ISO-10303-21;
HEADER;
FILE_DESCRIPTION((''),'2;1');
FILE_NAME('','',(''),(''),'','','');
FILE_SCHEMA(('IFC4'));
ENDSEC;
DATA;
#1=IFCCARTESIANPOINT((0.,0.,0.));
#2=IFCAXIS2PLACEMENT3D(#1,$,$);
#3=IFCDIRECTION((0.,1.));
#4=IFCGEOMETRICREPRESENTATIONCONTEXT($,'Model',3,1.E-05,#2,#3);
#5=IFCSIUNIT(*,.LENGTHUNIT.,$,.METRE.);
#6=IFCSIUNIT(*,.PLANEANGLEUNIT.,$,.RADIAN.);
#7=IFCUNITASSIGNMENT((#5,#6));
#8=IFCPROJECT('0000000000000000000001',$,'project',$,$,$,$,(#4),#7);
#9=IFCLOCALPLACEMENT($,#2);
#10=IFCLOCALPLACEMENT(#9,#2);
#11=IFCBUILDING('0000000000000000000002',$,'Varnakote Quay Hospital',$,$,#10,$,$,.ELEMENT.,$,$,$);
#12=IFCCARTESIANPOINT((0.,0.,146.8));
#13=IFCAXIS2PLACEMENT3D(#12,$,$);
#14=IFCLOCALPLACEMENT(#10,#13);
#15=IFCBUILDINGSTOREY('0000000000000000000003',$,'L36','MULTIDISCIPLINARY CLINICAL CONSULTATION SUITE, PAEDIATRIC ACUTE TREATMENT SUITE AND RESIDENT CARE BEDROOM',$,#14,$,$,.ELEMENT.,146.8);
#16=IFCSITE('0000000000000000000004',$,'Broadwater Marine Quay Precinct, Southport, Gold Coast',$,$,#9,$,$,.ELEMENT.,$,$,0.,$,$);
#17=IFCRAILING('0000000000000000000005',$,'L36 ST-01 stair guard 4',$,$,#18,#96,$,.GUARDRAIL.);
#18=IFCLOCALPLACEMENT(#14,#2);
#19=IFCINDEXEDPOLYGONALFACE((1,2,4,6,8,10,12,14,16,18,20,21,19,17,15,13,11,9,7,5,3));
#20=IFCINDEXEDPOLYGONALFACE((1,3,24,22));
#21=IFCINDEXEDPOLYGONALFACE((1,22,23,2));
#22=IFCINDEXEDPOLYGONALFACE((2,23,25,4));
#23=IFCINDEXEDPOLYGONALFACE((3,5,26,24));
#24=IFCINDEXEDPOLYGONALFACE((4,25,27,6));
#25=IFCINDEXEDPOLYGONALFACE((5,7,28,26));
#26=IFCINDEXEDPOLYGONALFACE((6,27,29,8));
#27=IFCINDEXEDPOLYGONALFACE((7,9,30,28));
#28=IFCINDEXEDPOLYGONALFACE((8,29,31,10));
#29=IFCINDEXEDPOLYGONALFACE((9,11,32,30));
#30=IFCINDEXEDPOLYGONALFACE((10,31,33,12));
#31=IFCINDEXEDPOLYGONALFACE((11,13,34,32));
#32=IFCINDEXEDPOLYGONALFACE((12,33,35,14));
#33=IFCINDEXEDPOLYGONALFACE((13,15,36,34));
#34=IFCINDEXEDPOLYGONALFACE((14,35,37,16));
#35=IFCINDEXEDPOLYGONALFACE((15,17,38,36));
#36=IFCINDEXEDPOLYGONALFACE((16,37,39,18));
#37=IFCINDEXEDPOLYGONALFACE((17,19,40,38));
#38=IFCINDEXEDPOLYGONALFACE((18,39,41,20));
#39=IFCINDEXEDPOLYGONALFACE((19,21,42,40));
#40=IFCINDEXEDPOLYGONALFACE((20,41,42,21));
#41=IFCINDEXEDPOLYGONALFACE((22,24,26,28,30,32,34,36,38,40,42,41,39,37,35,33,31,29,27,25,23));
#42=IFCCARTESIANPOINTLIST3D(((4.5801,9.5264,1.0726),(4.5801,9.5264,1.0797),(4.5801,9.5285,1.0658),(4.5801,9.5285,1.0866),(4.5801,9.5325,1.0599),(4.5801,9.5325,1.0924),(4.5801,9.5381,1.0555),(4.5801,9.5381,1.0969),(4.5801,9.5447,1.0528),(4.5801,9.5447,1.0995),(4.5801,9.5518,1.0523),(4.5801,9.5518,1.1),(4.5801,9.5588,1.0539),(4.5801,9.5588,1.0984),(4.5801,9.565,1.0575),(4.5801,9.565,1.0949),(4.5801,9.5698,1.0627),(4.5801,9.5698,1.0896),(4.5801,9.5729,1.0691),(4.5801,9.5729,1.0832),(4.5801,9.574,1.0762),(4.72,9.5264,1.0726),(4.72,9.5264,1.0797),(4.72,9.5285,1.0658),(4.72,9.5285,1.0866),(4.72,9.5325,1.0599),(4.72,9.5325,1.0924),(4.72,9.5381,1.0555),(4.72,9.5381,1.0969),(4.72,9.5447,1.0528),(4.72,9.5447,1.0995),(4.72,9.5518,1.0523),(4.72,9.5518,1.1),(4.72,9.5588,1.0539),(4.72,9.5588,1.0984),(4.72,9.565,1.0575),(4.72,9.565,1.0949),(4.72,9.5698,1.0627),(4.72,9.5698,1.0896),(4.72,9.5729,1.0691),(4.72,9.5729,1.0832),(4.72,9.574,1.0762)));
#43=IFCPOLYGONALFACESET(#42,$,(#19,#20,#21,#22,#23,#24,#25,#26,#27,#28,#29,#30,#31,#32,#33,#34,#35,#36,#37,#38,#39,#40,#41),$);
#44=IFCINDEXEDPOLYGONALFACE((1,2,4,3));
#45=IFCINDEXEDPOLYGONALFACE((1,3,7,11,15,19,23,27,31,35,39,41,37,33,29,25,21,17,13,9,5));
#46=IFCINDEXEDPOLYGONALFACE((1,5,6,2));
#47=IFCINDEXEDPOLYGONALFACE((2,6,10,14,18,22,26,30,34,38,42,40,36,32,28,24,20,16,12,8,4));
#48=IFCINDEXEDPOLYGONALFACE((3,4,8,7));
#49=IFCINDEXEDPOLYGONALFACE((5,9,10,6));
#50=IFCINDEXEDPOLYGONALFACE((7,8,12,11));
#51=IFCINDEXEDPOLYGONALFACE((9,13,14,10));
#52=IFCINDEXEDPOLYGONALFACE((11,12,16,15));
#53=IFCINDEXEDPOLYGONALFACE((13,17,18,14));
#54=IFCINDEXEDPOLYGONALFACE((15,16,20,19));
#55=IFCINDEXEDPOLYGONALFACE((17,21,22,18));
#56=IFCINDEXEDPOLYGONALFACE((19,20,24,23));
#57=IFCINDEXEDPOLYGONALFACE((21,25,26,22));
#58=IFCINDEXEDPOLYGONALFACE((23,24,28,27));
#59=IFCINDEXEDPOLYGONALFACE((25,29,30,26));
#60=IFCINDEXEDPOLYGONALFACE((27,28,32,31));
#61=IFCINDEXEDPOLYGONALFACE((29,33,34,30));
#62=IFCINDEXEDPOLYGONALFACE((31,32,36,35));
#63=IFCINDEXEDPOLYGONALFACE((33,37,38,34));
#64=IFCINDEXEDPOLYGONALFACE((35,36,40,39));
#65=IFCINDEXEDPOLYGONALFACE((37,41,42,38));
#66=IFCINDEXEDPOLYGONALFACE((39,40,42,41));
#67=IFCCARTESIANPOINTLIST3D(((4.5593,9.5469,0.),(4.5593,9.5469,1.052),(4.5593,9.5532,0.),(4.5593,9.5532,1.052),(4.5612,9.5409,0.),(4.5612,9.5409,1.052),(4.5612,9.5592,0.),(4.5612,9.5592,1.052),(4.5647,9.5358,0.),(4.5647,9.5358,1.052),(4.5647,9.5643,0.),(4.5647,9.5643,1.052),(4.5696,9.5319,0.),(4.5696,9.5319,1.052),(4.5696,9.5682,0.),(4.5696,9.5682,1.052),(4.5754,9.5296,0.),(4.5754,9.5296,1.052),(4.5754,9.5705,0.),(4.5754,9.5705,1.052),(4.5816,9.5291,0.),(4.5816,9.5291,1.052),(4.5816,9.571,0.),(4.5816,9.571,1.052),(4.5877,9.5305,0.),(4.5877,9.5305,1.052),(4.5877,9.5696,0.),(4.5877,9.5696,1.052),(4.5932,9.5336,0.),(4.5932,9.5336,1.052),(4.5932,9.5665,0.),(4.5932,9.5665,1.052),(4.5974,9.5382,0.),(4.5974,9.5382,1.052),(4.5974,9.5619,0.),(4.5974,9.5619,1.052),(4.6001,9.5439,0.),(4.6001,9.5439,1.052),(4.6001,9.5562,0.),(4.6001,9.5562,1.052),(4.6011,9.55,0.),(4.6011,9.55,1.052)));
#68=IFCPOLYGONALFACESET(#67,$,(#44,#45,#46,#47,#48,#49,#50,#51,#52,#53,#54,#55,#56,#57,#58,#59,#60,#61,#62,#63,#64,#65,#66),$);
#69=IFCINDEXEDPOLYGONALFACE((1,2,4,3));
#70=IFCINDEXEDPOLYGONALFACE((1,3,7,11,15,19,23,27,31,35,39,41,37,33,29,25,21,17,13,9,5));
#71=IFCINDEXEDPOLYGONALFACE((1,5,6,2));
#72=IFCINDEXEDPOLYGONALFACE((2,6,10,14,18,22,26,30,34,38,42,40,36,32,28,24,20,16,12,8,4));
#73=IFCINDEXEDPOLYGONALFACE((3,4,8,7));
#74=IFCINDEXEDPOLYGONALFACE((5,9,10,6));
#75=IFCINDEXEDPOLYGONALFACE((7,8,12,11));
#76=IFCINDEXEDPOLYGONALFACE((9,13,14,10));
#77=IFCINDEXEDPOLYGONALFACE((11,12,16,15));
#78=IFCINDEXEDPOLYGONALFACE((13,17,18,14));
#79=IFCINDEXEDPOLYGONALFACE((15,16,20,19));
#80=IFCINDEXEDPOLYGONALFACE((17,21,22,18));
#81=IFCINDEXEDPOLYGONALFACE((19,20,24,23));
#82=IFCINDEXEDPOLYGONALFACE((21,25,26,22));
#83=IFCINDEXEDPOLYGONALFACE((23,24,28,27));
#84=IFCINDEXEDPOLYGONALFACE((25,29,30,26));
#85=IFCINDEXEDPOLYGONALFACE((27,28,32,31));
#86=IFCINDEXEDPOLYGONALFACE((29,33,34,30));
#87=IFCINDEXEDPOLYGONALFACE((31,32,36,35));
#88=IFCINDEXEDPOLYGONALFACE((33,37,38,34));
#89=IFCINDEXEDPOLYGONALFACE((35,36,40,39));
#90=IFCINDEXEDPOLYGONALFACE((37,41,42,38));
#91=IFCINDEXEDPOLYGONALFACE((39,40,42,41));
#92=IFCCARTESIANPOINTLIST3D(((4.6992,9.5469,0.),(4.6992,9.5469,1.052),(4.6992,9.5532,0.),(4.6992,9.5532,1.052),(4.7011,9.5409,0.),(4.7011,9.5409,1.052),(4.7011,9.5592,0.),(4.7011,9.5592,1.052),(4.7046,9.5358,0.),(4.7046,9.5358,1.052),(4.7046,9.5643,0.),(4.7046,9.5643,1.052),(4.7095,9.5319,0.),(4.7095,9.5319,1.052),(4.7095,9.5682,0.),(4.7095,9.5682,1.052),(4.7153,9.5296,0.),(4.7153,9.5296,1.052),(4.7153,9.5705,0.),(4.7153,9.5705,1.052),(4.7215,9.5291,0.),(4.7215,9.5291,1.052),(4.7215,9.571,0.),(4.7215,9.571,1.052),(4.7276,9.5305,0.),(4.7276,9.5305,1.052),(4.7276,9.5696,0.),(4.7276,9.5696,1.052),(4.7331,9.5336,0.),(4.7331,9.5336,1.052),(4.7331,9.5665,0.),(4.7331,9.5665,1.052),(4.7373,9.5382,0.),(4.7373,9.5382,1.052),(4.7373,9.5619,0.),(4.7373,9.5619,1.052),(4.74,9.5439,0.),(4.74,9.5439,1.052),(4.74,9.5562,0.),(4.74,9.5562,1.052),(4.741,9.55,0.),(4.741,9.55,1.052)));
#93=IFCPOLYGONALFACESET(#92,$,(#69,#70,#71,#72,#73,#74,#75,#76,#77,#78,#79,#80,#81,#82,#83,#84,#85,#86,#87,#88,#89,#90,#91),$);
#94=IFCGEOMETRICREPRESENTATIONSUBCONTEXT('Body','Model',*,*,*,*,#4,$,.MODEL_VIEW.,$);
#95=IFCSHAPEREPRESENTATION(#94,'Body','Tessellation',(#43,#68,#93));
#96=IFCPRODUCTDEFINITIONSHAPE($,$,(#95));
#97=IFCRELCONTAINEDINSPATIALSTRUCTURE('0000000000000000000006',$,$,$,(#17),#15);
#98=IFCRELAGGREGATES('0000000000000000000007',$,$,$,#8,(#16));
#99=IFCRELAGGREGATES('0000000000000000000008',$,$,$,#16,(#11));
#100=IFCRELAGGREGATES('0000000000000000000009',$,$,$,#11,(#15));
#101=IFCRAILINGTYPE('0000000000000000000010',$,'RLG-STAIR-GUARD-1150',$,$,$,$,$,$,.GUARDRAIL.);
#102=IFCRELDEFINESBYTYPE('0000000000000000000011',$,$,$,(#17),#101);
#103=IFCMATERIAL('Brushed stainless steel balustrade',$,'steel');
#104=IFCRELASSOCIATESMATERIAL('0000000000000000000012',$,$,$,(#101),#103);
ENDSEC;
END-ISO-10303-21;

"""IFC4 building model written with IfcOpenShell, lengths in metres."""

from ifc_helpers import new_model, si_unit, direction, frame, origin, origin_2d, place, context, subcontext, project, spatial, circle, extrude, material, type_object, element, save


model = new_model("IFC4")

# Units and contexts
model_context = context("Model", 3, precision=1e-05, world=origin(), true_north=direction((0.0, 1.0)))
body_context = subcontext(model_context, "Body", "Model", "MODEL_VIEW")
ifc_project = project(units=[si_unit("LENGTHUNIT", "METRE"), si_unit("PLANEANGLEUNIT", "RADIAN")], contexts=[model_context])

# Site, building, storey
site_placement = place(None, origin())
site = spatial("IfcSite", under=ifc_project, at=site_placement, Name="Broadwater Marine Quay Precinct, Southport, Gold Coast", CompositionType="ELEMENT", RefElevation=0.0)
building_placement = place(site_placement, origin())
building = spatial("IfcBuilding", under=site, at=building_placement, Name="Varnakote Quay Hospital", CompositionType="ELEMENT")
storey_placement = place(building_placement, frame((0.0, 0.0, 146.8)))
storey = spatial("IfcBuildingStorey", under=building, at=storey_placement, Name="L36", Description="MULTIDISCIPLINARY CLINICAL CONSULTATION SUITE, PAEDIATRIC ACUTE TREATMENT SUITE AND RESIDENT CARE BEDROOM", CompositionType="ELEMENT", Elevation=146.8)

# Railing
ifc_material_1 = material(Name="Brushed stainless steel balustrade", Category="steel")
railing_type_1 = type_object("IfcRailingType", Name="RLG-STAIR-GUARD-1150", PredefinedType="GUARDRAIL", material=ifc_material_1)
railing_1_placement = place(storey_placement, frame((4.5801, 9.55, 0.0)))
element("IfcRailing", 1, at=railing_1_placement, inside=storey, type_object=railing_type_1, Name="L36 ST-01 stair guard 4", PredefinedType="GUARDRAIL", context=body_context, shape_type="SweptSolid", body=[
    extrude(circle(Radius=0.0239, at=origin_2d()), frame((0.0, 0.0, 1.0762), z_axis=(1.0, 0.0, 0.0), x_axis=(0.0, 1.0, 0.0)), (0.0, 0.0, 1.0), 0.1399),
    extrude(circle(Radius=0.021, at=origin_2d()), origin(), (0.0, 0.0, 1.0), 1.052),
    extrude(circle(Radius=0.021, at=origin_2d()), frame((0.1399, 0.0, 0.0)), (0.0, 0.0, 1.0), 1.052),
])

save(model, "model.ifc")
